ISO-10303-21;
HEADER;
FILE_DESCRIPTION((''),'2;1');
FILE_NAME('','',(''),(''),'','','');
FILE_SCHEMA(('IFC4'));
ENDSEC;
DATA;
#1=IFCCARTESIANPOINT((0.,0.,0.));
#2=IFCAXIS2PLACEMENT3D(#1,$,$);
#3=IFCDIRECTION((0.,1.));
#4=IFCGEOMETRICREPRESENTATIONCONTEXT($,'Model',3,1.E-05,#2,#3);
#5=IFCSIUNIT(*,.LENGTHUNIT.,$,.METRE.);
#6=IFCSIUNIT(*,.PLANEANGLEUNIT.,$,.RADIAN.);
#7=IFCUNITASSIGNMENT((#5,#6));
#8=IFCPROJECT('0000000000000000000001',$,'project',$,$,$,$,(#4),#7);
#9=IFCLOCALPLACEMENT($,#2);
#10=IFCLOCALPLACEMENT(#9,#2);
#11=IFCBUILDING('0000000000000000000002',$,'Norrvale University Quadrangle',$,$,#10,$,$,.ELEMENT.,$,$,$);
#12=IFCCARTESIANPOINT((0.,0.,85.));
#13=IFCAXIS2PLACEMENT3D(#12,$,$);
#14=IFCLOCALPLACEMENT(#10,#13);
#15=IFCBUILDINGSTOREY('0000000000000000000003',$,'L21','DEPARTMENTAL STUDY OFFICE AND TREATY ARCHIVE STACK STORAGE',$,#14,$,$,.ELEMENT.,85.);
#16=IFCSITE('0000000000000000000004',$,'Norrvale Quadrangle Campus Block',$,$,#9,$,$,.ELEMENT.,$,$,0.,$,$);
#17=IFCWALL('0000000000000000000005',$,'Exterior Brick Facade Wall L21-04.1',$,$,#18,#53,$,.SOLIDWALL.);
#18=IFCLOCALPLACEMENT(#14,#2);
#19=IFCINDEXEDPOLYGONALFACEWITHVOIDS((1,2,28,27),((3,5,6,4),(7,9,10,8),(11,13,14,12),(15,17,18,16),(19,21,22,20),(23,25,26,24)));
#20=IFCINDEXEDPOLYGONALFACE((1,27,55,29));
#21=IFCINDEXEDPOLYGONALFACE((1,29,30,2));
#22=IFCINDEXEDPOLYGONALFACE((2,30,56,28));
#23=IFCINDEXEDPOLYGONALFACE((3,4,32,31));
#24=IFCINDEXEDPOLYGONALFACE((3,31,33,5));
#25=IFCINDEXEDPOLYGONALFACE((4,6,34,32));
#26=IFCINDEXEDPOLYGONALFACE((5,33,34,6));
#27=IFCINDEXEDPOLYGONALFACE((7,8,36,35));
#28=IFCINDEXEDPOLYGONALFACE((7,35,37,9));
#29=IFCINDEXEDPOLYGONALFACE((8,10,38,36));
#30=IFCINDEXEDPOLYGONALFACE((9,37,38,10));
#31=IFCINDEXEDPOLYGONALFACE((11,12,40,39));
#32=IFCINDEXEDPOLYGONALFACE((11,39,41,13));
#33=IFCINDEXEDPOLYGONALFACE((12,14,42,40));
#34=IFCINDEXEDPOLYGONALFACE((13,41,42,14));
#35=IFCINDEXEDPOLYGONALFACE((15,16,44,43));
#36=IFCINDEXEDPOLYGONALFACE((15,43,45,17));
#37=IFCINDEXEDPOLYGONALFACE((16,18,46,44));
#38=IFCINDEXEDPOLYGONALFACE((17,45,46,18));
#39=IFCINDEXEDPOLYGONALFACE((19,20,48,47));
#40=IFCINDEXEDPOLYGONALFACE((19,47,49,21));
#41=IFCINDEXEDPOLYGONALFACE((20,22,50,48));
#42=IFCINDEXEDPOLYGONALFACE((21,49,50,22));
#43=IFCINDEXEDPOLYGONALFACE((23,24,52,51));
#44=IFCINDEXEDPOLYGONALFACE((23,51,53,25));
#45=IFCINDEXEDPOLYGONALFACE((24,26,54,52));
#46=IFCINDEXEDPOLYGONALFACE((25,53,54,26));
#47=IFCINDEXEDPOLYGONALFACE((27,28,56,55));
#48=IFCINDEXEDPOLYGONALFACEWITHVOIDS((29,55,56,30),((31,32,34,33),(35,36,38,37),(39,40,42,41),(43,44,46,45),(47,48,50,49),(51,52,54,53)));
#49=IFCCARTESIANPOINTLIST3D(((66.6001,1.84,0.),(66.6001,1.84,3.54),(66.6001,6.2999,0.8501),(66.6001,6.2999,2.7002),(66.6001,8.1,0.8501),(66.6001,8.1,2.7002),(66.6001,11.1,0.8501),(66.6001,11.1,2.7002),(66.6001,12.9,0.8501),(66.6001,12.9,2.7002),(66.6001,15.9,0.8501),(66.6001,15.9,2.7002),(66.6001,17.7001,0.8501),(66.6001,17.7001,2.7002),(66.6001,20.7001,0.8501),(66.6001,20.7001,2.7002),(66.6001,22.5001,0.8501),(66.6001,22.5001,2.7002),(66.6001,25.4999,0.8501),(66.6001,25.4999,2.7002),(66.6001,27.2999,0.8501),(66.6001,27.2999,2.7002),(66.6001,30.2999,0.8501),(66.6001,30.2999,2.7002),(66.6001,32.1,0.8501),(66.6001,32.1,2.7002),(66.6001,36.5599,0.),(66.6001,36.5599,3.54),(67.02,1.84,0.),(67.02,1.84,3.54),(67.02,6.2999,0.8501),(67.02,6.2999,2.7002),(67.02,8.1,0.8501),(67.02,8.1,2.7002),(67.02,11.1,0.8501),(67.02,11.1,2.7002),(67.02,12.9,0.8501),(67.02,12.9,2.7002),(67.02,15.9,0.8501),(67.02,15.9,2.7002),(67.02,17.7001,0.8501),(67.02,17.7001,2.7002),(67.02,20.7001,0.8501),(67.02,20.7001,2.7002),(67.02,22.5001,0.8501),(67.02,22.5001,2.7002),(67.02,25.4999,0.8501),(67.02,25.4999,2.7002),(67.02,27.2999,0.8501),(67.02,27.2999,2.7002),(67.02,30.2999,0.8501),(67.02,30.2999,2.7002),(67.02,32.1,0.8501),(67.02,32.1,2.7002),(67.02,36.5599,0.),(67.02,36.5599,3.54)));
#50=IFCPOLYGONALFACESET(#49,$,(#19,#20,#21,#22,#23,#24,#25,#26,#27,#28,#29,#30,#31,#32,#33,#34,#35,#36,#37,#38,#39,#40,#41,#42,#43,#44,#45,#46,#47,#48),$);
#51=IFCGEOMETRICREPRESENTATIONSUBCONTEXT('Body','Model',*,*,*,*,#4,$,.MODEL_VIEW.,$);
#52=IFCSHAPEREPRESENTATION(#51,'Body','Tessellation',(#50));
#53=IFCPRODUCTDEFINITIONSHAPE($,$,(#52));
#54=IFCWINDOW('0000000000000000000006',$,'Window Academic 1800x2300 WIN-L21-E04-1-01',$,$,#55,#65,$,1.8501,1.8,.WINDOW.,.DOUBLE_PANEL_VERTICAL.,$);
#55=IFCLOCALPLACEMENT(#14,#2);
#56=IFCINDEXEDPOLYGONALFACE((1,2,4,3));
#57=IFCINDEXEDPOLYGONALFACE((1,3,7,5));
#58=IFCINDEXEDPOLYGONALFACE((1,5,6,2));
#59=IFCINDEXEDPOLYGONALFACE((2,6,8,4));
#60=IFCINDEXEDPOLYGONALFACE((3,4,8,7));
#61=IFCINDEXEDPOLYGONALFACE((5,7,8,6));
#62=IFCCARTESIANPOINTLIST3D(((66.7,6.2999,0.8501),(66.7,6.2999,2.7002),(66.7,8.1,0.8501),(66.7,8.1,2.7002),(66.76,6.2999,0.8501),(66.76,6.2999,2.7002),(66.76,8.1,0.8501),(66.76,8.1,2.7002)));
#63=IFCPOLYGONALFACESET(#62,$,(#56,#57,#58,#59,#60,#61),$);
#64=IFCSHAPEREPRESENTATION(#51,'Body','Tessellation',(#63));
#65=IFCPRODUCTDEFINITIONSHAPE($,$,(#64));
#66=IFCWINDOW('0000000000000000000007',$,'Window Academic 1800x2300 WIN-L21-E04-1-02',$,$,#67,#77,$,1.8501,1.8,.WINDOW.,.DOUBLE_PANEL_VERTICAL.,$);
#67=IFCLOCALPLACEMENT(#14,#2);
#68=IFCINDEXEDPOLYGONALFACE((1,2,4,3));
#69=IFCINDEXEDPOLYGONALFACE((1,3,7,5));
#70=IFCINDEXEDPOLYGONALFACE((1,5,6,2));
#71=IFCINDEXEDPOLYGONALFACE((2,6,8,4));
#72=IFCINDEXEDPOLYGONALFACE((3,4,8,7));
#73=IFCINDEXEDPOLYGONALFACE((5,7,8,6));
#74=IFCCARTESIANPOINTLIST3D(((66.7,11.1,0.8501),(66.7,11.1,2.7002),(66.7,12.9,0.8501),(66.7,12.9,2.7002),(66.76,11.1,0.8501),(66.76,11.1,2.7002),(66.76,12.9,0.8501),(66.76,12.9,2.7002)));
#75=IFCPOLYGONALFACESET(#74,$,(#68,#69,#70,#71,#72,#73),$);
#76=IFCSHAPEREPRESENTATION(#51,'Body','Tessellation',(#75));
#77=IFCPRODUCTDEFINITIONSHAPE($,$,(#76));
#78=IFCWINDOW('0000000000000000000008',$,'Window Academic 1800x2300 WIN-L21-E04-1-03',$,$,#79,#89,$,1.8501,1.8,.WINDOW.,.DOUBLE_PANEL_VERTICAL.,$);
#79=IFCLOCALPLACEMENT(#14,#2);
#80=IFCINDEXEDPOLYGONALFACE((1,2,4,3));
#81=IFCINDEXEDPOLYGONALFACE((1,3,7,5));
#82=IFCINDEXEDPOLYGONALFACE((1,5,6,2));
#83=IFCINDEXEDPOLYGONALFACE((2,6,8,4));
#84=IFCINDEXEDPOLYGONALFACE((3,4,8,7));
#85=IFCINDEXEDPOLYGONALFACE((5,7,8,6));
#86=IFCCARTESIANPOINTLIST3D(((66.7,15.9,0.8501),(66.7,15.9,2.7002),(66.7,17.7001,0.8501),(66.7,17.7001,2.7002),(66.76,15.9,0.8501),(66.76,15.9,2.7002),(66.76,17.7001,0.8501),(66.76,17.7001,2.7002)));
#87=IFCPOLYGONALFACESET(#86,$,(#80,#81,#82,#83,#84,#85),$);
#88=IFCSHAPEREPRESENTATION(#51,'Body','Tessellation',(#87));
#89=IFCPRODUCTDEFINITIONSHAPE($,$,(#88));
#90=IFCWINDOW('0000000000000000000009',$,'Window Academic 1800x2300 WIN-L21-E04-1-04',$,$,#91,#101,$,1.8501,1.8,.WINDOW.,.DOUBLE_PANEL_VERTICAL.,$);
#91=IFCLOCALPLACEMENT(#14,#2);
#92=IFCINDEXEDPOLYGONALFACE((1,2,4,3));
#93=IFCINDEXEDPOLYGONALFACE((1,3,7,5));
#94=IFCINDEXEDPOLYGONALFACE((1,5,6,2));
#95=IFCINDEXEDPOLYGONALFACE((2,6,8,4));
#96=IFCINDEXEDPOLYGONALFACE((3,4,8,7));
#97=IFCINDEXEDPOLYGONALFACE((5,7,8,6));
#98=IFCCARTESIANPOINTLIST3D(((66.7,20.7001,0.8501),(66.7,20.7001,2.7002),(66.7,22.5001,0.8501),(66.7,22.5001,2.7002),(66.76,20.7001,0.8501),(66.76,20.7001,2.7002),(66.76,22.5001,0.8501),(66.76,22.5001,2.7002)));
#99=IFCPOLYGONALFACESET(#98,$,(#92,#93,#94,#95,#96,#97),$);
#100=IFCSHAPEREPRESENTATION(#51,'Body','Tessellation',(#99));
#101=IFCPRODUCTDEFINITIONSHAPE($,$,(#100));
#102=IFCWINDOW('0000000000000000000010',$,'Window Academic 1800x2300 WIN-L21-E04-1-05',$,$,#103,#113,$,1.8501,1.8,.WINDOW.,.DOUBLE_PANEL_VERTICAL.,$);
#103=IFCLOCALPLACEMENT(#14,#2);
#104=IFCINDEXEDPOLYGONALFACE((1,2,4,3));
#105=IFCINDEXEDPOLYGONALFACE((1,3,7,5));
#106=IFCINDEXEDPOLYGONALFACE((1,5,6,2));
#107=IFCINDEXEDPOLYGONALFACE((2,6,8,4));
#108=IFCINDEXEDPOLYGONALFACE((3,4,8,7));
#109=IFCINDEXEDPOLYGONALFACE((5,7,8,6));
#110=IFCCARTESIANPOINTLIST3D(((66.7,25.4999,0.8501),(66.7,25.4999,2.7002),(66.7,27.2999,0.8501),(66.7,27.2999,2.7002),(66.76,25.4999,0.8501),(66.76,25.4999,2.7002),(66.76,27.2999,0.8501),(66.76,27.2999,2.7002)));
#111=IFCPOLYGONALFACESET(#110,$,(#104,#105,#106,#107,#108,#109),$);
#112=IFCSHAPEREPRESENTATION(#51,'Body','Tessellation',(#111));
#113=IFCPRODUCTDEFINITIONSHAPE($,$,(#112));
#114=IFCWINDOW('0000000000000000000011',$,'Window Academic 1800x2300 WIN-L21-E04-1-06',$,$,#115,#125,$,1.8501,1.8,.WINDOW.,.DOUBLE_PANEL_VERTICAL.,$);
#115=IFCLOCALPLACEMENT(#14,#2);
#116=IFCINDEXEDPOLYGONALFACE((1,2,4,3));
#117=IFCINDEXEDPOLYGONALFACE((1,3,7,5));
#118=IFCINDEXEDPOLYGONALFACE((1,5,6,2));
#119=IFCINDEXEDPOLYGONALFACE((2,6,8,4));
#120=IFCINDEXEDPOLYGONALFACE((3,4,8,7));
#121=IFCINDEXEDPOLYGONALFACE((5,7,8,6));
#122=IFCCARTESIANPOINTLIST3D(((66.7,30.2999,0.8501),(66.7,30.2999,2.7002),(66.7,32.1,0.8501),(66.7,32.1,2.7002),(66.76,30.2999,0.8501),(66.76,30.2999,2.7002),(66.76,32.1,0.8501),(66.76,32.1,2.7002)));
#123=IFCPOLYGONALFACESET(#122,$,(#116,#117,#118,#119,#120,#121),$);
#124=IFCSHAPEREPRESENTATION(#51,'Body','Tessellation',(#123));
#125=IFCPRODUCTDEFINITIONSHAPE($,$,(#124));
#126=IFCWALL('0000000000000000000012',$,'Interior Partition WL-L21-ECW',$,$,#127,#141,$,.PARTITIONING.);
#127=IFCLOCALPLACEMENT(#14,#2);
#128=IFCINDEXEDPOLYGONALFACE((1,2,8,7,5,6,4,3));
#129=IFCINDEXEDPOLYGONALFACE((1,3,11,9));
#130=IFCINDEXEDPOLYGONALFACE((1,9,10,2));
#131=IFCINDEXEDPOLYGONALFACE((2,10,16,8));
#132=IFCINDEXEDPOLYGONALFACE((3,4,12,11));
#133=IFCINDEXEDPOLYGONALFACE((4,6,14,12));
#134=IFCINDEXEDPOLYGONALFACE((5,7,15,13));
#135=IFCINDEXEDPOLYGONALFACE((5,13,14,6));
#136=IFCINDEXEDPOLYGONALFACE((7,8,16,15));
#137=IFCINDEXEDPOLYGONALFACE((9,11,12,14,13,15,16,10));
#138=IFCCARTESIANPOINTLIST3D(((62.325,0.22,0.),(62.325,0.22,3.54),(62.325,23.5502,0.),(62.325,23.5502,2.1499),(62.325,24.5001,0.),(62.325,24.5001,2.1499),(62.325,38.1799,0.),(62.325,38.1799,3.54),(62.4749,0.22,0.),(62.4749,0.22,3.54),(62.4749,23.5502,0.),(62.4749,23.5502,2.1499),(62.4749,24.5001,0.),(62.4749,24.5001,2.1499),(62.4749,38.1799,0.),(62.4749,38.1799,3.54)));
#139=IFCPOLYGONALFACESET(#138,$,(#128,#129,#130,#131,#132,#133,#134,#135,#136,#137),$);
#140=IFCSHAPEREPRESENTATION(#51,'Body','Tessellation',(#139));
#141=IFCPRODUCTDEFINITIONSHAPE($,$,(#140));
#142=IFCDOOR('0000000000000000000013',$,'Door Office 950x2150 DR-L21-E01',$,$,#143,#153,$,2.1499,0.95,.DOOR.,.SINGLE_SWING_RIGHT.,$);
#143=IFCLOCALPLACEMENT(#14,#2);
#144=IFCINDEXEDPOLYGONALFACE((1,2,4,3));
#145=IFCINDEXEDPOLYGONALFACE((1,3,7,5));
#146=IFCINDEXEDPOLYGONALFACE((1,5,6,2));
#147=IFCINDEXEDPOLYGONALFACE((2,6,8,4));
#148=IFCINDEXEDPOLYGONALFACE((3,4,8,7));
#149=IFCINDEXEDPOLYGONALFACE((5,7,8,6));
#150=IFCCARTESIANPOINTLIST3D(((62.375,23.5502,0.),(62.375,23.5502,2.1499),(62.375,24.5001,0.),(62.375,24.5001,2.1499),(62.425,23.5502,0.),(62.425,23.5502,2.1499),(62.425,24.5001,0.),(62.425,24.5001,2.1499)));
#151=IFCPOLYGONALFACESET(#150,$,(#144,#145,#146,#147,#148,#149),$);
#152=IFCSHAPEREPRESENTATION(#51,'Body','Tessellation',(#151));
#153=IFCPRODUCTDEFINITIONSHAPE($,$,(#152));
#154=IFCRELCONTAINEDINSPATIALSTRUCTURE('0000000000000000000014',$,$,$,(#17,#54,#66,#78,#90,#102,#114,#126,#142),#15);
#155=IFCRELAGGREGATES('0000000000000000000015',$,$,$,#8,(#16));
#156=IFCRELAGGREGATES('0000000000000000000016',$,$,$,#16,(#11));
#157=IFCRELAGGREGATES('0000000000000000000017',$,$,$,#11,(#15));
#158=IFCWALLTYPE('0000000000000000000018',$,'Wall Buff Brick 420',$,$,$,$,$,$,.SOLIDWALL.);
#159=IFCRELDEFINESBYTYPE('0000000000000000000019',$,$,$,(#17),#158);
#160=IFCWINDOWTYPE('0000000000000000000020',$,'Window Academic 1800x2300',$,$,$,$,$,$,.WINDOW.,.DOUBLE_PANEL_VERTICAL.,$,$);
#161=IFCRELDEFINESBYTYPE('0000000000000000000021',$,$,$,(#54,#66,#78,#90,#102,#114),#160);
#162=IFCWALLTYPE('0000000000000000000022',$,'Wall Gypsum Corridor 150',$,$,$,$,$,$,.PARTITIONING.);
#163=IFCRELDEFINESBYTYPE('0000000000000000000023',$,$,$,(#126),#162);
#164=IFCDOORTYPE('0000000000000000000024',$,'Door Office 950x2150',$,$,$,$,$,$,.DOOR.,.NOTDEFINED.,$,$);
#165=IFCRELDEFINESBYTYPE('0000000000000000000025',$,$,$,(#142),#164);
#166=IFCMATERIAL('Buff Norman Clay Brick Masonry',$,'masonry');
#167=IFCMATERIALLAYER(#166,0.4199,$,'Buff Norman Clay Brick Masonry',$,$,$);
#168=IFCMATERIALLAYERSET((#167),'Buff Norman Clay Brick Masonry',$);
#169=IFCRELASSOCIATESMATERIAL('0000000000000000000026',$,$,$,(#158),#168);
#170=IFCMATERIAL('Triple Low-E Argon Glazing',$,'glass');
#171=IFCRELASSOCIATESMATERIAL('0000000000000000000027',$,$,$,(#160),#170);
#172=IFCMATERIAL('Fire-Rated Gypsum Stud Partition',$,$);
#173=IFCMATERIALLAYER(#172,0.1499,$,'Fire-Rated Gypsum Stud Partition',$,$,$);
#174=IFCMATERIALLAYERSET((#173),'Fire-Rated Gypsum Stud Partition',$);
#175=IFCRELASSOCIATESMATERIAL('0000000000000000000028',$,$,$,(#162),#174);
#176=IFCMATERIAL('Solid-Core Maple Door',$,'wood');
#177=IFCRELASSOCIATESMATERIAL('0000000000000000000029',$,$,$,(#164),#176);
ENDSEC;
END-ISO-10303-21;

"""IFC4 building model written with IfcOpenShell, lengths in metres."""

from ifc_helpers import new_model, si_unit, direction, frame, frame_2d, origin, place, context, subcontext, project, spatial, rectangle, extrude, material, layer, layer_set, type_object, element, fill, save


model = new_model("IFC4")

# Units and contexts
model_context = context("Model", 3, precision=1e-05, world=origin(), true_north=direction((0.0, 1.0)))
body_context = subcontext(model_context, "Body", "Model", "MODEL_VIEW")
ifc_project = project(units=[si_unit("LENGTHUNIT", "METRE"), si_unit("PLANEANGLEUNIT", "RADIAN")], contexts=[model_context])

# Site, building, storey
site_placement = place(None, origin())
site = spatial("IfcSite", under=ifc_project, at=site_placement, Name="Norrvale Quadrangle Campus Block", CompositionType="ELEMENT", RefElevation=0.0)
building_placement = place(site_placement, origin())
building = spatial("IfcBuilding", under=site, at=building_placement, Name="Norrvale University Quadrangle", CompositionType="ELEMENT")
storey_placement = place(building_placement, frame((0.0, 0.0, 85.0)))
storey = spatial("IfcBuildingStorey", under=building, at=storey_placement, Name="L21", Description="DEPARTMENTAL STUDY OFFICE AND TREATY ARCHIVE STACK STORAGE", CompositionType="ELEMENT", Elevation=85.0)

# Shared definitions
ifc_material_1 = material(Name="Buff Norman Clay Brick Masonry", Category="masonry")
ifc_layer_1 = layer(ifc_material_1, 0.4199, Name="Buff Norman Clay Brick Masonry")
ifc_layer_set_1 = layer_set([ifc_layer_1], Name="Buff Norman Clay Brick Masonry")
wall_type_1 = type_object("IfcWallType", Name="Wall Buff Brick 420", PredefinedType="SOLIDWALL", material=ifc_layer_set_1)

# Wall, openings, windows
wall_1_placement = place(storey_placement, frame((66.8101, 1.8401, 0.0), z_axis=(0.0, 0.0, 1.0), x_axis=(0.0, 1.0, 0.0)))
wall_1 = element("IfcWall", 1, at=wall_1_placement, inside=storey, type_object=wall_type_1, Name="Exterior Brick Facade Wall L21-04.1", PredefinedType="SOLIDWALL", context=body_context, shape_type="SweptSolid", body=[
    extrude(rectangle(XDim=34.72, YDim=0.4199, at=frame_2d((17.3599, 0.0))), origin(), (0.0, 0.0, 1.0), 3.54),
])
opening_1_placement = place(wall_1_placement, frame((4.46, 0.0, 0.8501)))
opening_1 = element("IfcOpeningElement", 2, at=opening_1_placement, cuts=wall_1, PredefinedType="OPENING", context=body_context, shape_type="SweptSolid", body=[
    extrude(rectangle(XDim=1.8, YDim=1.8501, at=frame_2d((0.8999, 0.925))), frame((0.0, 0.2219, 0.0), z_axis=(0.0, -1.0, 0.0), x_axis=(1.0, 0.0, 0.0)), (0.0, 0.0, 1.0), 0.4438),
])
opening_2_placement = place(wall_1_placement, frame((9.26, 0.0, 0.8501)))
opening_2 = element("IfcOpeningElement", 3, at=opening_2_placement, cuts=wall_1, PredefinedType="OPENING", context=body_context, shape_type="SweptSolid", body=[
    extrude(rectangle(XDim=1.8, YDim=1.8501, at=frame_2d((0.8999, 0.925))), frame((0.0, 0.2219, 0.0), z_axis=(0.0, -1.0, 0.0), x_axis=(1.0, 0.0, 0.0)), (0.0, 0.0, 1.0), 0.4438),
])
opening_3_placement = place(wall_1_placement, frame((14.0601, 0.0, 0.8501)))
opening_3 = element("IfcOpeningElement", 4, at=opening_3_placement, cuts=wall_1, PredefinedType="OPENING", context=body_context, shape_type="SweptSolid", body=[
    extrude(rectangle(XDim=1.8, YDim=1.8501, at=frame_2d((0.8999, 0.925))), frame((0.0, 0.2219, 0.0), z_axis=(0.0, -1.0, 0.0), x_axis=(1.0, 0.0, 0.0)), (0.0, 0.0, 1.0), 0.4438),
])
opening_4_placement = place(wall_1_placement, frame((18.8601, 0.0, 0.8501)))
opening_4 = element("IfcOpeningElement", 5, at=opening_4_placement, cuts=wall_1, PredefinedType="OPENING", context=body_context, shape_type="SweptSolid", body=[
    extrude(rectangle(XDim=1.8, YDim=1.8501, at=frame_2d((0.8999, 0.925))), frame((0.0, 0.2219, 0.0), z_axis=(0.0, -1.0, 0.0), x_axis=(1.0, 0.0, 0.0)), (0.0, 0.0, 1.0), 0.4438),
])
opening_5_placement = place(wall_1_placement, frame((23.6599, 0.0, 0.8501)))
opening_5 = element("IfcOpeningElement", 6, at=opening_5_placement, cuts=wall_1, PredefinedType="OPENING", context=body_context, shape_type="SweptSolid", body=[
    extrude(rectangle(XDim=1.8, YDim=1.8501, at=frame_2d((0.8999, 0.925))), frame((0.0, 0.2219, 0.0), z_axis=(0.0, -1.0, 0.0), x_axis=(1.0, 0.0, 0.0)), (0.0, 0.0, 1.0), 0.4438),
])
opening_6_placement = place(wall_1_placement, frame((28.46, 0.0, 0.8501)))
opening_6 = element("IfcOpeningElement", 7, at=opening_6_placement, cuts=wall_1, PredefinedType="OPENING", context=body_context, shape_type="SweptSolid", body=[
    extrude(rectangle(XDim=1.8, YDim=1.8501, at=frame_2d((0.8999, 0.925))), frame((0.0, 0.2219, 0.0), z_axis=(0.0, -1.0, 0.0), x_axis=(1.0, 0.0, 0.0)), (0.0, 0.0, 1.0), 0.4438),
])
ifc_material_2 = material(Name="Triple Low-E Argon Glazing", Category="glass")
window_type = type_object("IfcWindowType", Name="Window Academic 1800x2300", PartitioningType="DOUBLE_PANEL_VERTICAL", PredefinedType="WINDOW", material=ifc_material_2)
window_1_placement = place(opening_1_placement, origin())
window_1 = element("IfcWindow", 8, at=window_1_placement, inside=storey, type_object=window_type, Name="Window Academic 1800x2300 WIN-L21-E04-1-01", OverallHeight=1.8501, OverallWidth=1.8, PartitioningType="DOUBLE_PANEL_VERTICAL", PredefinedType="WINDOW", context=body_context, shape_type="SweptSolid", body=[
    extrude(rectangle(XDim=1.8, YDim=1.8501, at=frame_2d((0.8999, 0.925))), frame((0.0, 0.1101, 0.0), z_axis=(0.0, -1.0, 0.0), x_axis=(1.0, 0.0, 0.0)), (0.0, 0.0, 1.0), 0.0601),
])
fill(opening_1, window_1)
window_2_placement = place(opening_2_placement, origin())
window_2 = element("IfcWindow", 9, at=window_2_placement, inside=storey, type_object=window_type, Name="Window Academic 1800x2300 WIN-L21-E04-1-02", OverallHeight=1.8501, OverallWidth=1.8, PartitioningType="DOUBLE_PANEL_VERTICAL", PredefinedType="WINDOW", context=body_context, shape_type="SweptSolid", body=[
    extrude(rectangle(XDim=1.8, YDim=1.8501, at=frame_2d((0.8999, 0.925))), frame((0.0, 0.1101, 0.0), z_axis=(0.0, -1.0, 0.0), x_axis=(1.0, 0.0, 0.0)), (0.0, 0.0, 1.0), 0.0601),
])
fill(opening_2, window_2)
window_3_placement = place(opening_3_placement, origin())
window_3 = element("IfcWindow", 10, at=window_3_placement, inside=storey, type_object=window_type, Name="Window Academic 1800x2300 WIN-L21-E04-1-03", OverallHeight=1.8501, OverallWidth=1.8, PartitioningType="DOUBLE_PANEL_VERTICAL", PredefinedType="WINDOW", context=body_context, shape_type="SweptSolid", body=[
    extrude(rectangle(XDim=1.8, YDim=1.8501, at=frame_2d((0.8999, 0.925))), frame((0.0, 0.1101, 0.0), z_axis=(0.0, -1.0, 0.0), x_axis=(1.0, 0.0, 0.0)), (0.0, 0.0, 1.0), 0.0601),
])
fill(opening_3, window_3)
window_4_placement = place(opening_4_placement, origin())
window_4 = element("IfcWindow", 11, at=window_4_placement, inside=storey, type_object=window_type, Name="Window Academic 1800x2300 WIN-L21-E04-1-04", OverallHeight=1.8501, OverallWidth=1.8, PartitioningType="DOUBLE_PANEL_VERTICAL", PredefinedType="WINDOW", context=body_context, shape_type="SweptSolid", body=[
    extrude(rectangle(XDim=1.8, YDim=1.8501, at=frame_2d((0.8999, 0.925))), frame((0.0, 0.1101, 0.0), z_axis=(0.0, -1.0, 0.0), x_axis=(1.0, 0.0, 0.0)), (0.0, 0.0, 1.0), 0.0601),
])
fill(opening_4, window_4)
window_5_placement = place(opening_5_placement, origin())
window_5 = element("IfcWindow", 12, at=window_5_placement, inside=storey, type_object=window_type, Name="Window Academic 1800x2300 WIN-L21-E04-1-05", OverallHeight=1.8501, OverallWidth=1.8, PartitioningType="DOUBLE_PANEL_VERTICAL", PredefinedType="WINDOW", context=body_context, shape_type="SweptSolid", body=[
    extrude(rectangle(XDim=1.8, YDim=1.8501, at=frame_2d((0.8999, 0.925))), frame((0.0, 0.1101, 0.0), z_axis=(0.0, -1.0, 0.0), x_axis=(1.0, 0.0, 0.0)), (0.0, 0.0, 1.0), 0.0601),
])
fill(opening_5, window_5)
window_6_placement = place(opening_6_placement, origin())
window_6 = element("IfcWindow", 13, at=window_6_placement, inside=storey, type_object=window_type, Name="Window Academic 1800x2300 WIN-L21-E04-1-06", OverallHeight=1.8501, OverallWidth=1.8, PartitioningType="DOUBLE_PANEL_VERTICAL", PredefinedType="WINDOW", context=body_context, shape_type="SweptSolid", body=[
    extrude(rectangle(XDim=1.8, YDim=1.8501, at=frame_2d((0.8999, 0.925))), frame((0.0, 0.1101, 0.0), z_axis=(0.0, -1.0, 0.0), x_axis=(1.0, 0.0, 0.0)), (0.0, 0.0, 1.0), 0.0601),
])
fill(opening_6, window_6)

# Wall, opening, door
ifc_material_3 = material(Name="Fire-Rated Gypsum Stud Partition")
ifc_layer_2 = layer(ifc_material_3, 0.1499, Name="Fire-Rated Gypsum Stud Partition")
ifc_layer_set_2 = layer_set([ifc_layer_2], Name="Fire-Rated Gypsum Stud Partition")
wall_type_2 = type_object("IfcWallType", Name="Wall Gypsum Corridor 150", PredefinedType="PARTITIONING", material=ifc_layer_set_2)
wall_2_placement = place(storey_placement, frame((62.3999, 0.22, 0.0), z_axis=(0.0, 0.0, 1.0), x_axis=(0.0, 1.0, 0.0)))
wall_2 = element("IfcWall", 14, at=wall_2_placement, inside=storey, type_object=wall_type_2, Name="Interior Partition WL-L21-ECW", PredefinedType="PARTITIONING", context=body_context, shape_type="SweptSolid", body=[
    extrude(rectangle(XDim=37.96, YDim=0.1499, at=frame_2d((18.98, 0.0))), origin(), (0.0, 0.0, 1.0), 3.54),
])
opening_7_placement = place(wall_2_placement, frame((23.3301, 0.0, 0.0)))
opening_7 = element("IfcOpeningElement", 15, at=opening_7_placement, cuts=wall_2, PredefinedType="OPENING", context=body_context, shape_type="SweptSolid", body=[
    extrude(rectangle(XDim=0.95, YDim=2.1499, at=frame_2d((0.4751, 1.075))), frame((0.0, 0.0869, 0.0), z_axis=(0.0, -1.0, 0.0), x_axis=(1.0, 0.0, 0.0)), (0.0, 0.0, 1.0), 0.1738),
])
ifc_material_4 = material(Name="Solid-Core Maple Door", Category="wood")
door_type = type_object("IfcDoorType", Name="Door Office 950x2150", OperationType="NOTDEFINED", PredefinedType="DOOR", material=ifc_material_4)
door_placement = place(opening_7_placement, origin())
door = element("IfcDoor", 16, at=door_placement, inside=storey, type_object=door_type, Name="Door Office 950x2150 DR-L21-E01", OperationType="SINGLE_SWING_RIGHT", OverallHeight=2.1499, OverallWidth=0.95, PredefinedType="DOOR", context=body_context, shape_type="SweptSolid", body=[
    extrude(rectangle(XDim=0.95, YDim=2.1499, at=frame_2d((0.4751, 1.075))), frame((0.0, 0.0249, 0.0), z_axis=(0.0, -1.0, 0.0), x_axis=(1.0, 0.0, 0.0)), (0.0, 0.0, 1.0), 0.05),
])
fill(opening_7, door)

save(model, "model.ifc")
